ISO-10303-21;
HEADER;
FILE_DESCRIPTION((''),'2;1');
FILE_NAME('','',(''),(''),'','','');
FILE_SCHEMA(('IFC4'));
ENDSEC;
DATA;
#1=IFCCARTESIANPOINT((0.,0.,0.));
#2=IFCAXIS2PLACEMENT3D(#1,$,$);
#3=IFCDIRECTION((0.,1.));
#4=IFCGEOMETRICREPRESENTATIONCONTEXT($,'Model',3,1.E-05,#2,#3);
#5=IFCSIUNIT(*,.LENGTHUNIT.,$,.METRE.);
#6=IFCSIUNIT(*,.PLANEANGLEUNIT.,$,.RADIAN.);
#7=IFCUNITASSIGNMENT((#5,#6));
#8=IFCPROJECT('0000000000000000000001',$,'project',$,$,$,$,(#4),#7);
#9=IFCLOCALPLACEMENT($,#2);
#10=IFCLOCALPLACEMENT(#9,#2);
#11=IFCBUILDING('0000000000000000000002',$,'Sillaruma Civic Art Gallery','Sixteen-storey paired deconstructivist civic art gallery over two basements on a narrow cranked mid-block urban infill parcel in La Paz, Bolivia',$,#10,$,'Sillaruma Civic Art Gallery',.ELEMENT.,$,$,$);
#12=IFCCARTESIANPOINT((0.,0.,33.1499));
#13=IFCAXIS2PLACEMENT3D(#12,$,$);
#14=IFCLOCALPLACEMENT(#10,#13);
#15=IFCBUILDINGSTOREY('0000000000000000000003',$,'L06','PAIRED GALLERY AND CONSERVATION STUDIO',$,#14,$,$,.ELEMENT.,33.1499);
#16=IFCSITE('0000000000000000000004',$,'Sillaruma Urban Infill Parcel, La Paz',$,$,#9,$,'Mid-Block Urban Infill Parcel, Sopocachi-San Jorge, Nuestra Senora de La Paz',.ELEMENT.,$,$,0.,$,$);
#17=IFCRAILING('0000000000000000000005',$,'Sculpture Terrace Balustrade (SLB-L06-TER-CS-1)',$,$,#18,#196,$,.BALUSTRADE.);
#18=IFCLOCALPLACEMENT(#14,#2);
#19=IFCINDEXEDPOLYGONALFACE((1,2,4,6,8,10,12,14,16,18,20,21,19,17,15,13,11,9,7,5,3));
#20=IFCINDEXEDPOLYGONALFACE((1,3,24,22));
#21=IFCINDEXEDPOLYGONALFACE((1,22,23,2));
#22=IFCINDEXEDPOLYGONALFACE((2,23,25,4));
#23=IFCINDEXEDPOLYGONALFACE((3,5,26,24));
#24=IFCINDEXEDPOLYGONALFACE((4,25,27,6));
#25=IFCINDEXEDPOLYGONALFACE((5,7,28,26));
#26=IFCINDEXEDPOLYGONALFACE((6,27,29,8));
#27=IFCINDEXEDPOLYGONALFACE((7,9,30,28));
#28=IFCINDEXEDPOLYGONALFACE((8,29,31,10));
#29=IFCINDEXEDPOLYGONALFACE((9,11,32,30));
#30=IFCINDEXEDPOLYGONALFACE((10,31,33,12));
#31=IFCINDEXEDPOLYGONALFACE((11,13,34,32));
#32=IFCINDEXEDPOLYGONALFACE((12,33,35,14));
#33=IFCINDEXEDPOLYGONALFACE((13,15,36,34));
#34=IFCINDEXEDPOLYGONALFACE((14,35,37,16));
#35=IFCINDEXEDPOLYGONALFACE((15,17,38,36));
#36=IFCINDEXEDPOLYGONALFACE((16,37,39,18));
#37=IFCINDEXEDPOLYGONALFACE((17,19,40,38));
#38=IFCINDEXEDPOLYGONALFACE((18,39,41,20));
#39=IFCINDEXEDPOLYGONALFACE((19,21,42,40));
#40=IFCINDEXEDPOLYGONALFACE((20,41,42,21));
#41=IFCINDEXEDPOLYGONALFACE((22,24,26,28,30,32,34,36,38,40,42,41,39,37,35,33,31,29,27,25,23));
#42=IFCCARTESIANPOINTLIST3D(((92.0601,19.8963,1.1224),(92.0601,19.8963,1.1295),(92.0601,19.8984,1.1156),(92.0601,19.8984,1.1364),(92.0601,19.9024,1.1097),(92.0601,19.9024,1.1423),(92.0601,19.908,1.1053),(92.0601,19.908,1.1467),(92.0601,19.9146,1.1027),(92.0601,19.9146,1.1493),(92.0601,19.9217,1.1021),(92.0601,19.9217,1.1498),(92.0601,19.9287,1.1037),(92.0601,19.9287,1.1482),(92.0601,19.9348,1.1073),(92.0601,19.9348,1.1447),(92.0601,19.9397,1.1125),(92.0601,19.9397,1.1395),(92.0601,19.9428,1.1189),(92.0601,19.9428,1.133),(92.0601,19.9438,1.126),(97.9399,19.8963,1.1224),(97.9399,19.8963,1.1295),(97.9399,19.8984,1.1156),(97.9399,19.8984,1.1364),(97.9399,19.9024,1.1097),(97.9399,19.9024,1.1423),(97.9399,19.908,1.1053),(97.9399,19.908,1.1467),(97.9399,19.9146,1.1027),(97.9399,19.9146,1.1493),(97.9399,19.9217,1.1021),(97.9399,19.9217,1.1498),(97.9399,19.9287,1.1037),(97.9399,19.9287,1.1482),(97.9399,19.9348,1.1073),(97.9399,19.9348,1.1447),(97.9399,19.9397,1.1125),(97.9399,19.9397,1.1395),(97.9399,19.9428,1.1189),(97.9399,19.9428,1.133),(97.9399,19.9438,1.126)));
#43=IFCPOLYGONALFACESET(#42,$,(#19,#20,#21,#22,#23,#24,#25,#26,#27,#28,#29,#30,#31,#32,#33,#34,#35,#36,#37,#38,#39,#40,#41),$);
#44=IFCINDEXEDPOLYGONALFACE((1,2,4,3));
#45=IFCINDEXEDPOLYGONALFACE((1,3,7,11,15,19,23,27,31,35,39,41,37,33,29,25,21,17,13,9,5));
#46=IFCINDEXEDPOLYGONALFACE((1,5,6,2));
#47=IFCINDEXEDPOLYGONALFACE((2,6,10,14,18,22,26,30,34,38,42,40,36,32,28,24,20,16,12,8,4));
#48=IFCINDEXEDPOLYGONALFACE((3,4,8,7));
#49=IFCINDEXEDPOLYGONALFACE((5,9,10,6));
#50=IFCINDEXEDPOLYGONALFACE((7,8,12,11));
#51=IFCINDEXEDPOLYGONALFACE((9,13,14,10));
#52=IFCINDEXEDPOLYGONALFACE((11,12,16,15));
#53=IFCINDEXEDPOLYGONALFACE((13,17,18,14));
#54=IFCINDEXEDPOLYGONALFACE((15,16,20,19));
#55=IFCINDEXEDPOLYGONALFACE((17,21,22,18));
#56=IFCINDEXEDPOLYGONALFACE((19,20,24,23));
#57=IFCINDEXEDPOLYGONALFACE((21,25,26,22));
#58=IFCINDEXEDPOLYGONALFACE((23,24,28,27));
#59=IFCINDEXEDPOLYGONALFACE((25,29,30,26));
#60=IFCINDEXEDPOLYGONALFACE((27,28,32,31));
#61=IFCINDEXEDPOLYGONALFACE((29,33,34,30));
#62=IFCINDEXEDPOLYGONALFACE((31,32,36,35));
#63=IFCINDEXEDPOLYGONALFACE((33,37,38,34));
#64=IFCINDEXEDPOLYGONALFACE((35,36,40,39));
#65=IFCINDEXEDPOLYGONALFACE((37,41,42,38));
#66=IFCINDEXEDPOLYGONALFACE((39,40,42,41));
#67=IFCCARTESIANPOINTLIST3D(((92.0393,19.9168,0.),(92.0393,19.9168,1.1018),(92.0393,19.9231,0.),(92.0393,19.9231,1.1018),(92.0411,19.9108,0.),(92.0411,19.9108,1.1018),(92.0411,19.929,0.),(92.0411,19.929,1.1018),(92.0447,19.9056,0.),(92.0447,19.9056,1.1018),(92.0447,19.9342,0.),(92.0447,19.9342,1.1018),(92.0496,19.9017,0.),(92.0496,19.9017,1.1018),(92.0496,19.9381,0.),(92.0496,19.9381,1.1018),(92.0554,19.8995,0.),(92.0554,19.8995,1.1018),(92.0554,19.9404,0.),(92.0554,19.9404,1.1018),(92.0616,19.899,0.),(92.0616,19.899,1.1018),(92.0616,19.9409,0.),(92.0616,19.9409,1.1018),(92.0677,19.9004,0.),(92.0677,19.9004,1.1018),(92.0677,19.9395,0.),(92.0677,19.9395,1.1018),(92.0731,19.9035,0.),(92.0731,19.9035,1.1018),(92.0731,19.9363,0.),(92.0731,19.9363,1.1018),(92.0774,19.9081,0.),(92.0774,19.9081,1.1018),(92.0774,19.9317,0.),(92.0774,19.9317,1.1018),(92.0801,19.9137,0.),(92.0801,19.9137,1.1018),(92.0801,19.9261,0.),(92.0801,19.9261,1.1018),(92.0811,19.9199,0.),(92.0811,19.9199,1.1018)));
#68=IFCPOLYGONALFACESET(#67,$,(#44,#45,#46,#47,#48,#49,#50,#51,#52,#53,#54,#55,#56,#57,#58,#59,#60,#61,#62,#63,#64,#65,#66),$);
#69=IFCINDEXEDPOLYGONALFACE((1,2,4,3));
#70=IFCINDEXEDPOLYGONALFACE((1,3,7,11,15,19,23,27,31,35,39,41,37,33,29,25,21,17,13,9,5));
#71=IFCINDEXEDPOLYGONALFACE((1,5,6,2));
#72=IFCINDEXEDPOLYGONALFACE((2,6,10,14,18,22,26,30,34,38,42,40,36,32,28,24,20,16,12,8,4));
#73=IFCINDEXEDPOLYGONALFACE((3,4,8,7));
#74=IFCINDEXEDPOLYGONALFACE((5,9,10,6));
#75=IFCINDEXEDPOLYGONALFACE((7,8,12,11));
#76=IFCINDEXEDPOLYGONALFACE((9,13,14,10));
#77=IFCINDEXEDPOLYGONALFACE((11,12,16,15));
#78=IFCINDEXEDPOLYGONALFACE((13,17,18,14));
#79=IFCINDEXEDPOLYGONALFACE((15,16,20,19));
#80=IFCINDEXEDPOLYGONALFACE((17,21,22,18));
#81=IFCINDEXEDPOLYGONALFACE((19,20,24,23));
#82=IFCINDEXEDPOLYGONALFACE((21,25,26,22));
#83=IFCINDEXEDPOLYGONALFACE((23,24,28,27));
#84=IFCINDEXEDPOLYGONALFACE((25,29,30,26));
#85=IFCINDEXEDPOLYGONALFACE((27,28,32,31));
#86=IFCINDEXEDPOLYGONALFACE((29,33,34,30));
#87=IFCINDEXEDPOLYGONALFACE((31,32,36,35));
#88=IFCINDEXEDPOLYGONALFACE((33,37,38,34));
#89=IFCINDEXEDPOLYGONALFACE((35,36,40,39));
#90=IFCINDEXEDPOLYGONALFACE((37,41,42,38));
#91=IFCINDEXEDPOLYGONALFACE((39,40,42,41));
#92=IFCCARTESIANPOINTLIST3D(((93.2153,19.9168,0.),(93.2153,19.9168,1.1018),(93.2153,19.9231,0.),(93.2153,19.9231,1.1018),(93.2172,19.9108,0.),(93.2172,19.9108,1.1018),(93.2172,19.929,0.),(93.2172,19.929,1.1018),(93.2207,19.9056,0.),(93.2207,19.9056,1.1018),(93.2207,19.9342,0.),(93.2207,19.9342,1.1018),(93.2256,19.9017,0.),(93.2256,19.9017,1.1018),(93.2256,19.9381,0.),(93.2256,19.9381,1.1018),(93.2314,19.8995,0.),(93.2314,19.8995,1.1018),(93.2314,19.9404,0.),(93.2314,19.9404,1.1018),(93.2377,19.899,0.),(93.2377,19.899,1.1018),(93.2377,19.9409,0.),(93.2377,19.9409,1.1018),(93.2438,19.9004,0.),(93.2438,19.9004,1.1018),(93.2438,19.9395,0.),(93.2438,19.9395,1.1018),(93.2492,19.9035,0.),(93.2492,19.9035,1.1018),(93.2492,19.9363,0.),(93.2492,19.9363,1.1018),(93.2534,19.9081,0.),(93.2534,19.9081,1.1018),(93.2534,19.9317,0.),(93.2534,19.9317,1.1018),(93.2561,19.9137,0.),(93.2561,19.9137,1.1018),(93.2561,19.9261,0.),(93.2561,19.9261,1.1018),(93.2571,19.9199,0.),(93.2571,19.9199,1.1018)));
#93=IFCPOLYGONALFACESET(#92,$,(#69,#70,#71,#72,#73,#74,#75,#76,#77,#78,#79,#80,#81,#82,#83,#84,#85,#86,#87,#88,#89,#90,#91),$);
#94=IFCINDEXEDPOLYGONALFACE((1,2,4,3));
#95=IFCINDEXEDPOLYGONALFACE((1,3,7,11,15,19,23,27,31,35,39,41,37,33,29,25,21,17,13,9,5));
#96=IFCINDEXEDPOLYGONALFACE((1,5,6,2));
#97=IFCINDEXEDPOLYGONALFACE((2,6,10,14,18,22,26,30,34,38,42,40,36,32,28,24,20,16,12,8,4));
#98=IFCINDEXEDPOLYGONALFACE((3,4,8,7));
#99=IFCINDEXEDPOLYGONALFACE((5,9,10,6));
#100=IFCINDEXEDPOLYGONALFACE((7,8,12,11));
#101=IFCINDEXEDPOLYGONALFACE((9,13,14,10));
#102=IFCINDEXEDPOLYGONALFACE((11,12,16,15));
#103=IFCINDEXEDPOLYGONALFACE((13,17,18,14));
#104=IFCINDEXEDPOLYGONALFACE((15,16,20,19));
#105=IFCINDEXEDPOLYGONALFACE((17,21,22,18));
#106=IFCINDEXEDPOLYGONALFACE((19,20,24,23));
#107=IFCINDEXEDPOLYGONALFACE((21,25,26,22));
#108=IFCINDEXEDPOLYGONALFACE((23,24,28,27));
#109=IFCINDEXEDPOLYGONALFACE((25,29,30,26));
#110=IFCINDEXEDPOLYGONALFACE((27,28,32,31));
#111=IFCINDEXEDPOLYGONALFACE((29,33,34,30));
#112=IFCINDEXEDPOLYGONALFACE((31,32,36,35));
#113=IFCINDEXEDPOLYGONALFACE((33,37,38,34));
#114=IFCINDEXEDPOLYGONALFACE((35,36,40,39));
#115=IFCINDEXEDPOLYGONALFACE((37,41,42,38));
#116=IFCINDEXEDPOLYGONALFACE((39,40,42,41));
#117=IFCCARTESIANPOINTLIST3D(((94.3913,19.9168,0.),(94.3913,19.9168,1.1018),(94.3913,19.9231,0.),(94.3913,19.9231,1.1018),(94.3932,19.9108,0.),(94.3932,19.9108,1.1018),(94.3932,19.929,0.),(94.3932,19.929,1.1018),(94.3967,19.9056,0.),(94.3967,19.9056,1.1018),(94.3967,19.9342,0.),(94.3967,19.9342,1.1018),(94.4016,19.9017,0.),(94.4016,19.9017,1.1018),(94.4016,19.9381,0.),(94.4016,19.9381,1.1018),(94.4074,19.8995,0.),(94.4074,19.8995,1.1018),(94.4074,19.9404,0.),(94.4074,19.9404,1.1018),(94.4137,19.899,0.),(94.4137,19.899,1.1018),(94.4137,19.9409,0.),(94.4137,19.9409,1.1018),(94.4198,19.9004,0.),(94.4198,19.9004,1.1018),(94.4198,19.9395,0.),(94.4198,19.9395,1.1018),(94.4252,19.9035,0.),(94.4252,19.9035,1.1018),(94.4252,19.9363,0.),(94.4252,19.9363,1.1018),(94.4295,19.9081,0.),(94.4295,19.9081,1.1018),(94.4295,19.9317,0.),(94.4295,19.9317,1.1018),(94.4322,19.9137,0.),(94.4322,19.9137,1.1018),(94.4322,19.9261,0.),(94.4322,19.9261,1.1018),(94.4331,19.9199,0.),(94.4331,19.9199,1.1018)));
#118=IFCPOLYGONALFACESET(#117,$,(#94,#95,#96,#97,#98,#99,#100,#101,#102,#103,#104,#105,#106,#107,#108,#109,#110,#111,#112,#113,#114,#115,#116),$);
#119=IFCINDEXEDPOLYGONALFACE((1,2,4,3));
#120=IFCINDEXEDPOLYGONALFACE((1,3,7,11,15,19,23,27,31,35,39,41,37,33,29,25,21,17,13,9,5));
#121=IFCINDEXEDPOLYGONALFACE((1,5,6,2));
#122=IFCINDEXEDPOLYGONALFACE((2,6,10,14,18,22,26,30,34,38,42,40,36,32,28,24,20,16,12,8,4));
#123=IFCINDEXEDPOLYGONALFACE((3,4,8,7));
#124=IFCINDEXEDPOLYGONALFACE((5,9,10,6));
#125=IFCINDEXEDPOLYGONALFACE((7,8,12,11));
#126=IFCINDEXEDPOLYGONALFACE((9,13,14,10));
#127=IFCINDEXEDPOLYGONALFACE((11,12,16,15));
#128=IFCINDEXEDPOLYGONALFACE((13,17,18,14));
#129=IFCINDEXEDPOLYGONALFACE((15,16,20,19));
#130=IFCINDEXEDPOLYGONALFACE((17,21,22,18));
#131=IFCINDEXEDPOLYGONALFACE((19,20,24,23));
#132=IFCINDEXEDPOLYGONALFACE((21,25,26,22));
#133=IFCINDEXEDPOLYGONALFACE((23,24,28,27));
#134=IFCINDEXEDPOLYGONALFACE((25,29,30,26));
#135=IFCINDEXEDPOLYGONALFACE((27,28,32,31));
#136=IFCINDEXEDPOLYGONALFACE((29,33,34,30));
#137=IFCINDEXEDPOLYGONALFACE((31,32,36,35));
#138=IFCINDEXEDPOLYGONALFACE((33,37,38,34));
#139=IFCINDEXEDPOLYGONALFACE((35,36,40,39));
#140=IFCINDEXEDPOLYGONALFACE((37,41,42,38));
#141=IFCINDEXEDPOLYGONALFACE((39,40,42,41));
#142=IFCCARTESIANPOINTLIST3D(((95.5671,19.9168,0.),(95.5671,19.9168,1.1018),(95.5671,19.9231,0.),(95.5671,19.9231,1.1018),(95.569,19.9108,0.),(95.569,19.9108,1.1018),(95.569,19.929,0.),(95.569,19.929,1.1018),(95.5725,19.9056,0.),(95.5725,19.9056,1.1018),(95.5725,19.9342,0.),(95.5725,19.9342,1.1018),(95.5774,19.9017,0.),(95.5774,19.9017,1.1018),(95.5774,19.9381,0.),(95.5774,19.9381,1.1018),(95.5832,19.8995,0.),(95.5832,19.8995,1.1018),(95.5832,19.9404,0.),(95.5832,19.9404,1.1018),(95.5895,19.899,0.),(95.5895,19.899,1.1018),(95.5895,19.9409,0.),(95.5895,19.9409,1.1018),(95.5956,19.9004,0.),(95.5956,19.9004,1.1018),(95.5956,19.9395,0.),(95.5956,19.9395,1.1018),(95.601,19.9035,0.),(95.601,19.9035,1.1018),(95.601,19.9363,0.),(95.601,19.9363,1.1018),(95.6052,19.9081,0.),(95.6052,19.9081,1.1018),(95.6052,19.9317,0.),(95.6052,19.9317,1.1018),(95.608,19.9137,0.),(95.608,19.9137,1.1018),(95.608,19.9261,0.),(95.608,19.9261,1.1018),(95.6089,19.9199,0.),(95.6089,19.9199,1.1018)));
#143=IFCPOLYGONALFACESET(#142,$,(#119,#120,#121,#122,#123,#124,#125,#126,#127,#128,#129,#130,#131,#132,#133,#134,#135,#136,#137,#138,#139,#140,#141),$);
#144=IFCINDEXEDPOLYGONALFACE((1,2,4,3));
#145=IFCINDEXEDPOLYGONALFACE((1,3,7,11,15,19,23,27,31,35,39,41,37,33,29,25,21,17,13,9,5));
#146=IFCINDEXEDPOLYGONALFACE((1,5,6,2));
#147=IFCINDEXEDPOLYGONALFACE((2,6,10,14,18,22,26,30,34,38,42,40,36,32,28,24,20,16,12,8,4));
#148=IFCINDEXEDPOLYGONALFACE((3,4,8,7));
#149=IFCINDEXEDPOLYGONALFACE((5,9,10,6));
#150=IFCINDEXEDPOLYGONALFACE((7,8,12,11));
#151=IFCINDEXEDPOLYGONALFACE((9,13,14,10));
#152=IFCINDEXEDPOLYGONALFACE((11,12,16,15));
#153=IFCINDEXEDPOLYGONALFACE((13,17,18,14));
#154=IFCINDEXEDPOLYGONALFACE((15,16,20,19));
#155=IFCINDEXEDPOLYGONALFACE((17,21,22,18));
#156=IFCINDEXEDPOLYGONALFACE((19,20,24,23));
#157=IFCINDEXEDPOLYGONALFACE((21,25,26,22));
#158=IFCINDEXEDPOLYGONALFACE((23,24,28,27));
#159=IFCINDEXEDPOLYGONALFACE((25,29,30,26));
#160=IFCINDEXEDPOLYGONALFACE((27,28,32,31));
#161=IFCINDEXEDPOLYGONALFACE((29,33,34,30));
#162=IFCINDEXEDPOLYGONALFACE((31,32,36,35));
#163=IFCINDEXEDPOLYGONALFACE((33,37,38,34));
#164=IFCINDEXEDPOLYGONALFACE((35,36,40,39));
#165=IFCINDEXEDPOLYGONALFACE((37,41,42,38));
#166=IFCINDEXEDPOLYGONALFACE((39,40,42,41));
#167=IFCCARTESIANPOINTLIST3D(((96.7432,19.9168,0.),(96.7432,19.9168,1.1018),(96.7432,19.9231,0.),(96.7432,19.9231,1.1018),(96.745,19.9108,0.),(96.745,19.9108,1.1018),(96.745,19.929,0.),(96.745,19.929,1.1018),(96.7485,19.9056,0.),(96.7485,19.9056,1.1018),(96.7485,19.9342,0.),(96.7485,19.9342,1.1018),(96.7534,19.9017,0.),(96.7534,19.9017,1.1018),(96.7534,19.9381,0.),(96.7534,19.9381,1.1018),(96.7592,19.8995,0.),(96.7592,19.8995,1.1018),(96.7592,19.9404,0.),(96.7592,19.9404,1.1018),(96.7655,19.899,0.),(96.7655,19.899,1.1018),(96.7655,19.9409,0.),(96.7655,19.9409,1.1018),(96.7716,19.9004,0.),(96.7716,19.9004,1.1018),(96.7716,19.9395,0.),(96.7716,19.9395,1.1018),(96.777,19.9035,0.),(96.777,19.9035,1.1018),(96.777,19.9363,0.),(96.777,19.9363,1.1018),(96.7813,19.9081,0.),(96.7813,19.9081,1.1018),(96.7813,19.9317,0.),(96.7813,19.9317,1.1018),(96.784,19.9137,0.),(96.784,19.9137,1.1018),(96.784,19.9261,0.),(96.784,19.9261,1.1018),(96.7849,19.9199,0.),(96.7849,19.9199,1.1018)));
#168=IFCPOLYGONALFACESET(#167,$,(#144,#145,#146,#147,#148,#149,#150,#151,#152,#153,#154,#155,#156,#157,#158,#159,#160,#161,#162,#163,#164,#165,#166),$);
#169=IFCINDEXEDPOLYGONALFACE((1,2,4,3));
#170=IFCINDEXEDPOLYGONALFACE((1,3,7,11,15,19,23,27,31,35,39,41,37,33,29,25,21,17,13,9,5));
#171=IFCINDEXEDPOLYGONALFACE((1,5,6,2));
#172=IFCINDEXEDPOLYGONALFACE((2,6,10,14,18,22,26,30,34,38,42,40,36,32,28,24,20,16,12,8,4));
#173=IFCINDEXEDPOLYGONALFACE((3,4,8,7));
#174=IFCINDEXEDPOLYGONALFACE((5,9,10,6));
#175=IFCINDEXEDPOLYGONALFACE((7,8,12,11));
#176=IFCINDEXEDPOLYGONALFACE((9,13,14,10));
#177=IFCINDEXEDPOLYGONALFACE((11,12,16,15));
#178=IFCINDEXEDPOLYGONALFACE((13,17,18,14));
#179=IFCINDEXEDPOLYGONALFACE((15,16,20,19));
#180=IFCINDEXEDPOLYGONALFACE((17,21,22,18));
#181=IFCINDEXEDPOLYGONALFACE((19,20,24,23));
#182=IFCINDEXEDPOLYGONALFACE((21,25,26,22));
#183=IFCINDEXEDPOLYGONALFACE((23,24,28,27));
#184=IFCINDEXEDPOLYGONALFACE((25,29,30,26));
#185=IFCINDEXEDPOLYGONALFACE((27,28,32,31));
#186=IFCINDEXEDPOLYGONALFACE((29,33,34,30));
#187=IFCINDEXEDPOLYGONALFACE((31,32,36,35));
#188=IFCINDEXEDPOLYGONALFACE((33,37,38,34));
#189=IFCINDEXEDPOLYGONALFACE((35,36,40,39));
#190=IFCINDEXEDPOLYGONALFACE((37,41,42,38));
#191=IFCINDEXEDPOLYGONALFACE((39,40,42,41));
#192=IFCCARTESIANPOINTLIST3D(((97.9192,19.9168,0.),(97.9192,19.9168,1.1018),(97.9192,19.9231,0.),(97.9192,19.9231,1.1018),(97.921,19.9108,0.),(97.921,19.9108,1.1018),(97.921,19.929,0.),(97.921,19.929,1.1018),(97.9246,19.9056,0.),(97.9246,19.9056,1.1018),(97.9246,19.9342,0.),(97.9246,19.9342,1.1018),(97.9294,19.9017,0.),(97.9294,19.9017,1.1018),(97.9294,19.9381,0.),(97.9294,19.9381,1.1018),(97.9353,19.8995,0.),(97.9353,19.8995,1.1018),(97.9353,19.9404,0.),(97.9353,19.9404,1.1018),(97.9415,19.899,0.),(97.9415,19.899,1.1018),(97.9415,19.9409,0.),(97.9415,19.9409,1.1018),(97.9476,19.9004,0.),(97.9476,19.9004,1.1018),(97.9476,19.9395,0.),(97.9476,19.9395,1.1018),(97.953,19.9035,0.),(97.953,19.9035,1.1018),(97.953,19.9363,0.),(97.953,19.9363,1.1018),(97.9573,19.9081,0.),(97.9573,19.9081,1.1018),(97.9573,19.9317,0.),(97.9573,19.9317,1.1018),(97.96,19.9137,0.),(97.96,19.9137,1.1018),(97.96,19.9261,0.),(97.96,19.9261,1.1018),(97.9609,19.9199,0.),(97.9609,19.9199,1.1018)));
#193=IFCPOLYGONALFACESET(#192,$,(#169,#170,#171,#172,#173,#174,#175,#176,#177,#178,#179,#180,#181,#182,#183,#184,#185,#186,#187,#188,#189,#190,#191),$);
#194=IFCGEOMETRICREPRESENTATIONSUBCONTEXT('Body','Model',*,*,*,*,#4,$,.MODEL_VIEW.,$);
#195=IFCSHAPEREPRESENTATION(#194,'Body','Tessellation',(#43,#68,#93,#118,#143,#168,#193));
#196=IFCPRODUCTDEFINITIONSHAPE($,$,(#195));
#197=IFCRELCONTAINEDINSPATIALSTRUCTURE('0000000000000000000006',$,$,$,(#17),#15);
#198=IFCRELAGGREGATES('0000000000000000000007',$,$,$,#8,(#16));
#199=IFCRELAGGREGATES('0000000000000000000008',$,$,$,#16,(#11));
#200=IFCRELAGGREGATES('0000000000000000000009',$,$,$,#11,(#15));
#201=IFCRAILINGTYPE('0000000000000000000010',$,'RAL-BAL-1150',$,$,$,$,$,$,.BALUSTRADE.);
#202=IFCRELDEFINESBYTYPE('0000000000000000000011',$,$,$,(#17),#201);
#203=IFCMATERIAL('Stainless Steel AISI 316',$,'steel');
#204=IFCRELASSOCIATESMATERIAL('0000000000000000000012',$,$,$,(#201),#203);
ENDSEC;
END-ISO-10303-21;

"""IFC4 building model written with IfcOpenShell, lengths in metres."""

from ifc_helpers import new_model, si_unit, direction, frame, origin, origin_2d, place, context, subcontext, project, spatial, circle, extrude, material, type_object, element, save


model = new_model("IFC4")

# Units and contexts
model_context = context("Model", 3, precision=1e-05, world=origin(), true_north=direction((0.0, 1.0)))
body_context = subcontext(model_context, "Body", "Model", "MODEL_VIEW")
ifc_project = project(units=[si_unit("LENGTHUNIT", "METRE"), si_unit("PLANEANGLEUNIT", "RADIAN")], contexts=[model_context])

# Site, building, storey
site_placement = place(None, origin())
site = spatial("IfcSite", under=ifc_project, at=site_placement, Name="Sillaruma Urban Infill Parcel, La Paz", LongName="Mid-Block Urban Infill Parcel, Sopocachi-San Jorge, Nuestra Senora de La Paz", CompositionType="ELEMENT", RefElevation=0.0)
building_placement = place(site_placement, origin())
building = spatial("IfcBuilding", under=site, at=building_placement, Name="Sillaruma Civic Art Gallery", Description="Sixteen-storey paired deconstructivist civic art gallery over two basements on a narrow cranked mid-block urban infill parcel in La Paz, Bolivia", LongName="Sillaruma Civic Art Gallery", CompositionType="ELEMENT")
storey_placement = place(building_placement, frame((0.0, 0.0, 33.1499)))
storey = spatial("IfcBuildingStorey", under=building, at=storey_placement, Name="L06", Description="PAIRED GALLERY AND CONSERVATION STUDIO", CompositionType="ELEMENT", Elevation=33.1499)

# Railing
ifc_material_1 = material(Name="Stainless Steel AISI 316", Category="steel")
railing_type = type_object("IfcRailingType", Name="RAL-BAL-1150", PredefinedType="BALUSTRADE", material=ifc_material_1)
railing_1_placement = place(storey_placement, frame((92.0601, 19.9199, 0.0)))
element("IfcRailing", 1, at=railing_1_placement, inside=storey, type_object=railing_type, Name="Sculpture Terrace Balustrade (SLB-L06-TER-CS-1)", PredefinedType="BALUSTRADE", context=body_context, shape_type="SweptSolid", body=[
    extrude(circle(Radius=0.0239, at=origin_2d()), frame((0.0, 0.0, 1.126), z_axis=(1.0, 0.0, 0.0), x_axis=(0.0, 1.0, 0.0)), (0.0, 0.0, 1.0), 5.8799),
    extrude(circle(Radius=0.021, at=origin_2d()), origin(), (0.0, 0.0, 1.0), 1.1018),
    extrude(circle(Radius=0.021, at=origin_2d()), frame((1.176, 0.0, 0.0)), (0.0, 0.0, 1.0), 1.1018),
    extrude(circle(Radius=0.021, at=origin_2d()), frame((2.3521, 0.0, 0.0)), (0.0, 0.0, 1.0), 1.1018),
    extrude(circle(Radius=0.021, at=origin_2d()), frame((3.5278, 0.0, 0.0)), (0.0, 0.0, 1.0), 1.1018),
    extrude(circle(Radius=0.021, at=origin_2d()), frame((4.7039, 0.0, 0.0)), (0.0, 0.0, 1.0), 1.1018),
    extrude(circle(Radius=0.021, at=origin_2d()), frame((5.8799, 0.0, 0.0)), (0.0, 0.0, 1.0), 1.1018),
])

save(model, "model.ifc")
